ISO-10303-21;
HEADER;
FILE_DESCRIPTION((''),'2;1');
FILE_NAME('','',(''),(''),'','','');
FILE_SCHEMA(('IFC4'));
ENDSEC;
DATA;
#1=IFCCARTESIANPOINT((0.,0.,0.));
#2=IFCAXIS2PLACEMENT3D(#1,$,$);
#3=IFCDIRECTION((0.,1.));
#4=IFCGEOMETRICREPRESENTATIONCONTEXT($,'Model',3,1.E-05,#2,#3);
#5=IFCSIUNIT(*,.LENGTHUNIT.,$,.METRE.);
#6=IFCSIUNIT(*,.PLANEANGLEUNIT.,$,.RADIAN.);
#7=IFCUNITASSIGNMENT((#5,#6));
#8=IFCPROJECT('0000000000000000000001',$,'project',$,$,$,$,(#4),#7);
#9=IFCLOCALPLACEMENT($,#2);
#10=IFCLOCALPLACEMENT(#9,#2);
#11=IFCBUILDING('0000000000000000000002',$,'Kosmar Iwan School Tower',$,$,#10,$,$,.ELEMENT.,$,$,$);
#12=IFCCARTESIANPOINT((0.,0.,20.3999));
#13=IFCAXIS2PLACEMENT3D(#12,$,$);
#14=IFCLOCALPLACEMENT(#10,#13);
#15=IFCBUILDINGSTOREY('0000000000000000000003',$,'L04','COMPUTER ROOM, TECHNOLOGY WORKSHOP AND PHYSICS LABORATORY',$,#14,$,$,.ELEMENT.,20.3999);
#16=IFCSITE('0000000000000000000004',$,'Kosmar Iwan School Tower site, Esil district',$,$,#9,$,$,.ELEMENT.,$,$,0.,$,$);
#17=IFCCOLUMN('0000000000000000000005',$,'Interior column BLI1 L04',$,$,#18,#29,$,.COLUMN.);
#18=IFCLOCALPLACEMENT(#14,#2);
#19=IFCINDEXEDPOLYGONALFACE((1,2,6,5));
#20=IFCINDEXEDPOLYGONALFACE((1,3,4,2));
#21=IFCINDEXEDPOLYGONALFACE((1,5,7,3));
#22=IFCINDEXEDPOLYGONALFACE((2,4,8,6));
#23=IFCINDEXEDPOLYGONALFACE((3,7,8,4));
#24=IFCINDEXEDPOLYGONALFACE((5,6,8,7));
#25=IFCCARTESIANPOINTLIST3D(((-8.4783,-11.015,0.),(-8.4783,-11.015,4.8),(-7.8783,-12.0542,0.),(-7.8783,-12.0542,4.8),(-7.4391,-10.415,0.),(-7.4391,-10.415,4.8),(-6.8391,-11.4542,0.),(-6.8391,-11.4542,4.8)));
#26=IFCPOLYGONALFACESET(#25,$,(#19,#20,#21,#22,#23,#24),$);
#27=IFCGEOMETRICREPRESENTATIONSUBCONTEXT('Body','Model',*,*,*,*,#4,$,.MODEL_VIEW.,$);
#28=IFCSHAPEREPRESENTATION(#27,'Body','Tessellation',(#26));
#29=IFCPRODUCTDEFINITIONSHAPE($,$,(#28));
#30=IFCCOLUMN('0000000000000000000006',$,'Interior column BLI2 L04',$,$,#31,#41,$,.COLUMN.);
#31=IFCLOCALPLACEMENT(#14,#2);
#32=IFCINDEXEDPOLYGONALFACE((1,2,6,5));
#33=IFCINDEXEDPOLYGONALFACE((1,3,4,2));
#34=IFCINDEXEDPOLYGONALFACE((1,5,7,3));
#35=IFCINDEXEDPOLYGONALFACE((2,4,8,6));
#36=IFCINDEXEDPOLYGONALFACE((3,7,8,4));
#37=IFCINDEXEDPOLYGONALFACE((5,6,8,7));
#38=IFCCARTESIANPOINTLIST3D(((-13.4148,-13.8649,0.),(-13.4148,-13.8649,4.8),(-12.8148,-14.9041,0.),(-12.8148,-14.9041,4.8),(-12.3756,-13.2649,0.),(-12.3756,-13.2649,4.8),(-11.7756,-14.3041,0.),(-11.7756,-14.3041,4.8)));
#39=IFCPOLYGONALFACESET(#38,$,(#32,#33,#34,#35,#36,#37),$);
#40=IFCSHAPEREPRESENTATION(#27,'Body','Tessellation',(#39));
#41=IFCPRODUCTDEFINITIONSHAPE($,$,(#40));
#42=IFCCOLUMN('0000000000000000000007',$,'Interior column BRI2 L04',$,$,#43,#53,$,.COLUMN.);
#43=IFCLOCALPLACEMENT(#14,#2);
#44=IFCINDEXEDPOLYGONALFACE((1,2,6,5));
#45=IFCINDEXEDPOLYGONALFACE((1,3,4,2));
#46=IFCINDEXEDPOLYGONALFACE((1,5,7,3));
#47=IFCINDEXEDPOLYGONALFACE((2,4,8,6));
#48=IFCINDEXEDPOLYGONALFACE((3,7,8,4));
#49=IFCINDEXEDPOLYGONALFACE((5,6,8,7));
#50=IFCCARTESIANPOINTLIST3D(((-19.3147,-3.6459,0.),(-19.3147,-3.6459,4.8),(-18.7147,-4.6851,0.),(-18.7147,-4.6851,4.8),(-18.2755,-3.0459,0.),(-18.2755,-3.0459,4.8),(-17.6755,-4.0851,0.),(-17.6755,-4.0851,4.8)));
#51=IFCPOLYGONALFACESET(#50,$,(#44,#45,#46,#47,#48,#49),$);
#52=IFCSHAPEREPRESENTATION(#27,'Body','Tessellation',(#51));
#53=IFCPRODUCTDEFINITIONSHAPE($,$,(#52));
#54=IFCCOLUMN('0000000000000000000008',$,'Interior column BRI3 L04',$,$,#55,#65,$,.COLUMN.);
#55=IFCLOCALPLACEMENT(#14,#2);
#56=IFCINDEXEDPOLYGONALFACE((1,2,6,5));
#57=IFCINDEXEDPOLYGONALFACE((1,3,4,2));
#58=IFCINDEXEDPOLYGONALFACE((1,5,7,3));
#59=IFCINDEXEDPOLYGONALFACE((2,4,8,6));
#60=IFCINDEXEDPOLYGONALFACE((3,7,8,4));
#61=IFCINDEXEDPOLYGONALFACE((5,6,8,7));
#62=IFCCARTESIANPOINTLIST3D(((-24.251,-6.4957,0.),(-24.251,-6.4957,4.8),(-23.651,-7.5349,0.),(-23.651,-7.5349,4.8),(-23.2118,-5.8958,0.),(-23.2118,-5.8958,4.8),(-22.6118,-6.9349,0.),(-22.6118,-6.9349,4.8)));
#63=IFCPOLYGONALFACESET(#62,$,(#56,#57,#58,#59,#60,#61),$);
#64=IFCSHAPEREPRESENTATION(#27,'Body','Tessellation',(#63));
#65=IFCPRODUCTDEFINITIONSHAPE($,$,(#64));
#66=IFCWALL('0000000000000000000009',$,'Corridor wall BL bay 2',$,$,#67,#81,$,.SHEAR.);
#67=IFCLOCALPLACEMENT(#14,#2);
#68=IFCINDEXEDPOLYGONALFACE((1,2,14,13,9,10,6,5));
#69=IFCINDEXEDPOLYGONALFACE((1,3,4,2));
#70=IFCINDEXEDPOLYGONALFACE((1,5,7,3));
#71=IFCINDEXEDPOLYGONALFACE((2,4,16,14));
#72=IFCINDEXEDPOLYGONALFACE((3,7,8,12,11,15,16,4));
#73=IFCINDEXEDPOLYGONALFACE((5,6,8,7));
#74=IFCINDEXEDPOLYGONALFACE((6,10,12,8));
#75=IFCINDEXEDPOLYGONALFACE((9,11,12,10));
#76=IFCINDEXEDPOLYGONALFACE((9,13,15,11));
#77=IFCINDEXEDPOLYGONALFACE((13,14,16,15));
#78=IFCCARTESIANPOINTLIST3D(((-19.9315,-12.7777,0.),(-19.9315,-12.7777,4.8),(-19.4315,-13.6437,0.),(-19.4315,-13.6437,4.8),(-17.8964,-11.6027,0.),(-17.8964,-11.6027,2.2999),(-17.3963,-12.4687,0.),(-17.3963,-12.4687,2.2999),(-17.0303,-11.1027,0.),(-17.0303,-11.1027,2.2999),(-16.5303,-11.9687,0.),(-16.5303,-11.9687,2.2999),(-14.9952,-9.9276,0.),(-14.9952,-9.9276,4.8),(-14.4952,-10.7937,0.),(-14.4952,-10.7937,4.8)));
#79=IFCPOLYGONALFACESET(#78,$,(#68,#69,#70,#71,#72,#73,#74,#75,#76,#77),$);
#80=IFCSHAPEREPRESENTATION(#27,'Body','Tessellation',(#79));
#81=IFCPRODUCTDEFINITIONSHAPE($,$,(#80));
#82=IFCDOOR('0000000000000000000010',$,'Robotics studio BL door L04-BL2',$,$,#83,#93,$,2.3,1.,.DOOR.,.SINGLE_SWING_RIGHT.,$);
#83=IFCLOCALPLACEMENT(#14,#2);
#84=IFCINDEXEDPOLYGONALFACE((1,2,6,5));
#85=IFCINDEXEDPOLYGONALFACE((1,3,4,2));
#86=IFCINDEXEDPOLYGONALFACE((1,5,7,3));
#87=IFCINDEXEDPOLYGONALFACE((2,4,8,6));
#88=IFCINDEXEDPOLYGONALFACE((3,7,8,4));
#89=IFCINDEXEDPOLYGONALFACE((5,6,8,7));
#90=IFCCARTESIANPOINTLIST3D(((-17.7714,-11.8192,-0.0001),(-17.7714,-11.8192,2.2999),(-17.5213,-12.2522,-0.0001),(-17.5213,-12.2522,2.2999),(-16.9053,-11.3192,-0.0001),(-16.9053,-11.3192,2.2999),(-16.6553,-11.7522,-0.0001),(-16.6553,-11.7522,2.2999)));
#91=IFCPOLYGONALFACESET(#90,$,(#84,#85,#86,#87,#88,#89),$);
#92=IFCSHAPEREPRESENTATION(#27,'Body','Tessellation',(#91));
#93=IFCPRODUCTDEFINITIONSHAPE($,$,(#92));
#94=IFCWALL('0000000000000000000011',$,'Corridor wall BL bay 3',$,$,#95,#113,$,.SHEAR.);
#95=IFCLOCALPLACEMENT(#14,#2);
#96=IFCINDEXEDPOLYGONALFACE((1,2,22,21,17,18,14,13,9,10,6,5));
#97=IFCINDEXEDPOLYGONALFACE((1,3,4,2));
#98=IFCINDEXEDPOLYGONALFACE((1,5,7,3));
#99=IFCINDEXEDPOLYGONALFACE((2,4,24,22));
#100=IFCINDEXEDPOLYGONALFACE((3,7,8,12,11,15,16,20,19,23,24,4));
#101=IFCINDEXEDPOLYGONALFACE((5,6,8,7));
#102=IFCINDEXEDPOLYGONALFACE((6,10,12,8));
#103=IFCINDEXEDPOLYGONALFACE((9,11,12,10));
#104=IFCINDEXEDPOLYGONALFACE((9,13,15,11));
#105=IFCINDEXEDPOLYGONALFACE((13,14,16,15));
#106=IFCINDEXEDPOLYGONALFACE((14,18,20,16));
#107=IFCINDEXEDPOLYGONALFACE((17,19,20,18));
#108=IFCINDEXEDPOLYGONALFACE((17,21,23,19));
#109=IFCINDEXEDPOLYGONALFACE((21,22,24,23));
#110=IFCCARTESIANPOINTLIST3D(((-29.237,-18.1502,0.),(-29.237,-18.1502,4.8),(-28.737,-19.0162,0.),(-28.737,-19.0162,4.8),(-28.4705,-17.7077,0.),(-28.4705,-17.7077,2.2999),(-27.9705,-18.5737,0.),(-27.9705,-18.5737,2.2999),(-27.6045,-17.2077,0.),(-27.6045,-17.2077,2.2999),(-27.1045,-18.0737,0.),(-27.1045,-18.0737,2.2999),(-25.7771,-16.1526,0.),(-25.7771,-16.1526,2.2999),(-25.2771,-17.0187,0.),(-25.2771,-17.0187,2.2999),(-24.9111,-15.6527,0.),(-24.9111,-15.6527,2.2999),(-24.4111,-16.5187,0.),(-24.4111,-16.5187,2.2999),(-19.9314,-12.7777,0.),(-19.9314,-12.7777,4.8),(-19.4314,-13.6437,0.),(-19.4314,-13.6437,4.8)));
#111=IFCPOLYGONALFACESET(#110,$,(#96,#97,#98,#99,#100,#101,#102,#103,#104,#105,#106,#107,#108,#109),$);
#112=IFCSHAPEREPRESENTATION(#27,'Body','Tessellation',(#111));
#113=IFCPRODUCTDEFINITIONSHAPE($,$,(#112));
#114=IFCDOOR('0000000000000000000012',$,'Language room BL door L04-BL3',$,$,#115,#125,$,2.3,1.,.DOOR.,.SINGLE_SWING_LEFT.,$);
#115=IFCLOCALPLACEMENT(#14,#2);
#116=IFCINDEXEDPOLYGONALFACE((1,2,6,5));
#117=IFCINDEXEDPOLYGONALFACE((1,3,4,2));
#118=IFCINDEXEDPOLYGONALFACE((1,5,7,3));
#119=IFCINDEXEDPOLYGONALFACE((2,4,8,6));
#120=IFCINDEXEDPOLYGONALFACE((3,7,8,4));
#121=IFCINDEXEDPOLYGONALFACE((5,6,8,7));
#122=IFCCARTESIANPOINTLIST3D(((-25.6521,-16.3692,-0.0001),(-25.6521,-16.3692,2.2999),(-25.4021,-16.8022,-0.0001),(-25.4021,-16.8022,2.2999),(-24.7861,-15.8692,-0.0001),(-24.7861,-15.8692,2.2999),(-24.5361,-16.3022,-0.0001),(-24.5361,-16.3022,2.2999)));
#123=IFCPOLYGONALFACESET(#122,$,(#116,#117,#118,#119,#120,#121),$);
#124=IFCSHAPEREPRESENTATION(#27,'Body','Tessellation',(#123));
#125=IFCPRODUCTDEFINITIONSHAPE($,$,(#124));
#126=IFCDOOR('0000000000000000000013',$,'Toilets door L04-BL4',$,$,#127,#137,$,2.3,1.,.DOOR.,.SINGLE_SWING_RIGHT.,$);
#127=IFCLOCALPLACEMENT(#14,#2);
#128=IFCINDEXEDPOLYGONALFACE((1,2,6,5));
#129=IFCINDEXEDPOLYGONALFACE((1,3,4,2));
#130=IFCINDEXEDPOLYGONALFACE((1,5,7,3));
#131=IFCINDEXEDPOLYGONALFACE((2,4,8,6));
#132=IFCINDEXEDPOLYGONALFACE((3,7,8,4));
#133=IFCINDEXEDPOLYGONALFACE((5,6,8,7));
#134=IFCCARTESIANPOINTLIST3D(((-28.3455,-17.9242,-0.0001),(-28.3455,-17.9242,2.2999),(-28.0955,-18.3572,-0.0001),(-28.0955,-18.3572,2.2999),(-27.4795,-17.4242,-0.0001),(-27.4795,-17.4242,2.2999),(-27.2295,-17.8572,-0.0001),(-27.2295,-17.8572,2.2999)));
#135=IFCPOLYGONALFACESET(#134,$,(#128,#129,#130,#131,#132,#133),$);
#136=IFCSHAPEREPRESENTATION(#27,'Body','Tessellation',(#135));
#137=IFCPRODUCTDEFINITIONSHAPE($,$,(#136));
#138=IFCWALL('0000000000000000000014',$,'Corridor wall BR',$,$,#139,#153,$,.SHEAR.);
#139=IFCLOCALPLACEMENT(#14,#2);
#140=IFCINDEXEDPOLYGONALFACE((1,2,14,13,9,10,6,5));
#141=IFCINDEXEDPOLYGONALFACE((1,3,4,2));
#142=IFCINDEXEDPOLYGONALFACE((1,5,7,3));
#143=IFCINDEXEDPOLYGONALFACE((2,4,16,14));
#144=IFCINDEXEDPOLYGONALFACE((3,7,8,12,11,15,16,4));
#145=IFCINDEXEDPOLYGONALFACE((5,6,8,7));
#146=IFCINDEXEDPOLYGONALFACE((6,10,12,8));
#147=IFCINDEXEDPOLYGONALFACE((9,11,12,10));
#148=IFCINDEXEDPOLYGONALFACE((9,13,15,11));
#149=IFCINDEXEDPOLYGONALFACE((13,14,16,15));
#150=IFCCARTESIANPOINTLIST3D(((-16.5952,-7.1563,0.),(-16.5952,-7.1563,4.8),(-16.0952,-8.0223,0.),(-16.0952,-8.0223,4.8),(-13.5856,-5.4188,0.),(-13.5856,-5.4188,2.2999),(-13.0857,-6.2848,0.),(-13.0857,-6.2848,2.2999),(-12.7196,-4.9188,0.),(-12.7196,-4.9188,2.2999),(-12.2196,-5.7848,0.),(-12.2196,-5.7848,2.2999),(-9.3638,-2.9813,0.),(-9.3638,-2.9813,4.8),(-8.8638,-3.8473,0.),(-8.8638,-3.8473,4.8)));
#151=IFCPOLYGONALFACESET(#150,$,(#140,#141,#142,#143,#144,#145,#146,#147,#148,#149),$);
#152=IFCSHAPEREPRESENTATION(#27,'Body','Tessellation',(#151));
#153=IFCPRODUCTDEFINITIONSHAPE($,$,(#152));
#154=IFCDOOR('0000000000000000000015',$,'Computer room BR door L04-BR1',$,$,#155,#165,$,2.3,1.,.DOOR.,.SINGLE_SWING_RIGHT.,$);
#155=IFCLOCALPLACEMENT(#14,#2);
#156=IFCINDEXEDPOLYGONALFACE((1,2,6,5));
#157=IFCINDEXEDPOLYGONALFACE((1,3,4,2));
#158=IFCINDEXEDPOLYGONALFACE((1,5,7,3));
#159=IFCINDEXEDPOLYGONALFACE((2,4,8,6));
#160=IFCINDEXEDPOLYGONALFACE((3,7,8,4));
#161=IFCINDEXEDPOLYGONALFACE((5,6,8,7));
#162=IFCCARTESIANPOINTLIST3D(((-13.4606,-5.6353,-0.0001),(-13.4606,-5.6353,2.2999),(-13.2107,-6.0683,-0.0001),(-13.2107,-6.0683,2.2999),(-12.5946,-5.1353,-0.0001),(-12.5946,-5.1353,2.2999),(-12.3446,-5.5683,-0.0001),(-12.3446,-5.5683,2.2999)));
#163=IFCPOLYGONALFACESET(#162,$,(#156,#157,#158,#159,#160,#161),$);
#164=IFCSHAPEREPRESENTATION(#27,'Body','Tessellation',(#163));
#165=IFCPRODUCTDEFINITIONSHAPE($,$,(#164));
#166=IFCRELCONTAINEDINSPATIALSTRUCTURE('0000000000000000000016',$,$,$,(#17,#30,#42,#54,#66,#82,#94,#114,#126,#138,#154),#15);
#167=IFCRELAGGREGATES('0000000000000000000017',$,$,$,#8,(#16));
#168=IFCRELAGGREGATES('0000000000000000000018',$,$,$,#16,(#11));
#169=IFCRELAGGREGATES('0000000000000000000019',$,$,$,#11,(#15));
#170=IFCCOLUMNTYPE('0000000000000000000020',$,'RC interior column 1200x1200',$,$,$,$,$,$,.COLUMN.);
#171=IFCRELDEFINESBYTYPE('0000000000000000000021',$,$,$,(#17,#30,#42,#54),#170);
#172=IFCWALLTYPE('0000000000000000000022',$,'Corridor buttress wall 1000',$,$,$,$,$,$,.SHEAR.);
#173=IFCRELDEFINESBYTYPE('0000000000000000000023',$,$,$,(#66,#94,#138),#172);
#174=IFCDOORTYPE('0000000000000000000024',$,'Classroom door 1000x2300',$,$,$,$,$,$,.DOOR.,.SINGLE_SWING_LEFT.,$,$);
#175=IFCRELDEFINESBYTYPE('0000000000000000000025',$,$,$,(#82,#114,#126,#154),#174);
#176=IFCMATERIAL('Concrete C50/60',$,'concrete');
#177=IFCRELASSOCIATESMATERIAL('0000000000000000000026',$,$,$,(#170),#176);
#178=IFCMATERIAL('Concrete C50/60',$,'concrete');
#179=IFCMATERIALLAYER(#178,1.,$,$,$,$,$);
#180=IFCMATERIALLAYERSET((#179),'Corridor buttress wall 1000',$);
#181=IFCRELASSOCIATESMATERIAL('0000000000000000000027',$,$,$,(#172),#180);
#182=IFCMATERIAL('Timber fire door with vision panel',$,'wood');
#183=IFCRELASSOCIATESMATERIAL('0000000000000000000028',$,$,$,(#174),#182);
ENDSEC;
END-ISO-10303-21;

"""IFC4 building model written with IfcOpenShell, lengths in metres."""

from ifc_helpers import new_model, si_unit, direction, frame, frame_2d, origin, origin_2d, place, context, subcontext, project, spatial, rectangle, extrude, material, layer, layer_set, material_profile, profile_set, type_object, element, fill, save


model = new_model("IFC4")

# Units and contexts
model_context = context("Model", 3, precision=1e-05, world=origin(), true_north=direction((0.0, 1.0)))
body_context = subcontext(model_context, "Body", "Model", "MODEL_VIEW")
ifc_project = project(units=[si_unit("LENGTHUNIT", "METRE"), si_unit("PLANEANGLEUNIT", "RADIAN")], contexts=[model_context])

# Site, building, storey
site_placement = place(None, origin())
site = spatial("IfcSite", under=ifc_project, at=site_placement, Name="Kosmar Iwan School Tower site, Esil district", CompositionType="ELEMENT", RefElevation=0.0)
building_placement = place(site_placement, origin())
building = spatial("IfcBuilding", under=site, at=building_placement, Name="Kosmar Iwan School Tower", CompositionType="ELEMENT")
storey_placement = place(building_placement, frame((0.0, 0.0, 20.3999)))
storey = spatial("IfcBuildingStorey", under=building, at=storey_placement, Name="L04", Description="COMPUTER ROOM, TECHNOLOGY WORKSHOP AND PHYSICS LABORATORY", CompositionType="ELEMENT", Elevation=20.3999)

# Columns
ifc_material_1 = material(Name="Concrete C50/60", Category="concrete")
ifc_material_profile = material_profile(ifc_material_1, rectangle(XDim=1.2, YDim=1.2, at=origin_2d()), Name="RC 1200x1200")
ifc_profile_set = profile_set([ifc_material_profile], Name="Concrete C50/60")
column_type = type_object("IfcColumnType", Name="RC interior column 1200x1200", PredefinedType="COLUMN", material=ifc_profile_set)
for number, where, z_axis, x_axis, name in (
    (1, (-7.6587, -11.2346, 0.0), (0.0, 0.0, 1.0), (-0.866025, -0.5, 0.0), "Interior column BLI1 L04"),
    (2, (-12.5952, -14.0845, 0.0), (0.0, 0.0, 1.0), (-0.866025, -0.5, 0.0), "Interior column BLI2 L04"),
    (3, (-18.4951, -3.8655, 0.0), (0.0, 0.0, 1.0), (-0.866025, -0.5, 0.0), "Interior column BRI2 L04"),
    (4, (-23.4314, -6.7153, 0.0), (0.0, 0.0, 1.0), (-0.866025, -0.5, 0.0), "Interior column BRI3 L04"),
):
    element("IfcColumn", number, at=place(storey_placement, frame(where, z_axis=z_axis, x_axis=x_axis)), inside=storey, type_object=column_type, Name=name, PredefinedType="COLUMN", context=body_context, shape_type="SweptSolid", body=[
        extrude(rectangle(XDim=1.2, YDim=1.2, at=origin_2d()), origin(), (0.0, 0.0, 1.0), 4.8),
    ])

# Wall, opening, door
ifc_material_2 = material(Name="Concrete C50/60", Category="concrete")
ifc_layer_1 = layer(ifc_material_2, 1.0)
ifc_layer_set_1 = layer_set([ifc_layer_1], Name="Corridor buttress wall 1000")
wall_type_1 = type_object("IfcWallType", Name="Corridor buttress wall 1000", PredefinedType="SHEAR", material=ifc_layer_set_1)
wall_1_placement = place(storey_placement, frame((-14.7451, -10.3606, 0.0), z_axis=(0.0, 0.0, 1.0), x_axis=(-0.866015, -0.500018, 0.0)))
wall_1 = element("IfcWall", 5, at=wall_1_placement, inside=storey, type_object=wall_type_1, Name="Corridor wall BL bay 2", PredefinedType="SHEAR", context=body_context, shape_type="SweptSolid", body=[
    extrude(rectangle(XDim=5.7, YDim=1.0, at=frame_2d((2.8501, 0.0))), origin(), (0.0, 0.0, 1.0), 4.8),
])
opening_1_placement = place(wall_1_placement, frame((2.3501, 0.0, 0.0)))
opening_1 = element("IfcOpeningElement", 6, at=opening_1_placement, cuts=wall_1, PredefinedType="OPENING", context=body_context, shape_type="SweptSolid", body=[
    extrude(rectangle(XDim=1.0, YDim=2.3, at=frame_2d((0.5, 1.1499))), frame((0.0, 0.512, 0.0), z_axis=(0.0, -1.0, 0.0), x_axis=(1.0, 0.0, 0.0)), (0.0, 0.0, 1.0), 1.0239),
])
ifc_material_3 = material(Name="Timber fire door with vision panel", Category="wood")
door_type_1 = type_object("IfcDoorType", Name="Classroom door 1000x2300", OperationType="SINGLE_SWING_LEFT", PredefinedType="DOOR", material=ifc_material_3)
door_1_placement = place(opening_1_placement, origin())
door_1 = element("IfcDoor", 7, at=door_1_placement, inside=storey, type_object=door_type_1, Name="Robotics studio BL door L04-BL2", OperationType="SINGLE_SWING_RIGHT", OverallHeight=2.3, OverallWidth=1.0, PredefinedType="DOOR", context=body_context, shape_type="SweptSolid", body=[
    extrude(rectangle(XDim=1.0, YDim=2.3, at=frame_2d((0.5, 1.1499))), frame((0.0, 0.25, 0.0), z_axis=(0.0, -1.0, 0.0), x_axis=(1.0, 0.0, 0.0)), (0.0, 0.0, 1.0), 0.5),
])
fill(opening_1, door_1)

# Wall, openings, doors
wall_2_placement = place(storey_placement, frame((-19.6814, -13.2107, 0.0), z_axis=(0.0, 0.0, 1.0), x_axis=(-0.866028, -0.499995, 0.0)))
wall_2 = element("IfcWall", 8, at=wall_2_placement, inside=storey, type_object=wall_type_1, Name="Corridor wall BL bay 3", PredefinedType="SHEAR", context=body_context, shape_type="SweptSolid", body=[
    extrude(rectangle(XDim=10.7451, YDim=1.0, at=frame_2d((5.3726, 0.0))), origin(), (0.0, 0.0, 1.0), 4.8),
])
opening_2_placement = place(wall_2_placement, frame((5.75, 0.0, 0.0)))
opening_2 = element("IfcOpeningElement", 9, at=opening_2_placement, cuts=wall_2, PredefinedType="OPENING", context=body_context, shape_type="SweptSolid", body=[
    extrude(rectangle(XDim=1.0, YDim=2.3, at=frame_2d((0.5, 1.1499))), frame((0.0, 0.512, 0.0), z_axis=(0.0, -1.0, 0.0), x_axis=(1.0, 0.0, 0.0)), (0.0, 0.0, 1.0), 1.0239),
])
opening_3_placement = place(wall_2_placement, frame((8.8601, 0.0, 0.0)))
opening_3 = element("IfcOpeningElement", 10, at=opening_3_placement, cuts=wall_2, PredefinedType="OPENING", context=body_context, shape_type="SweptSolid", body=[
    extrude(rectangle(XDim=1.0, YDim=2.3, at=frame_2d((0.5, 1.1499))), frame((0.0, 0.512, 0.0), z_axis=(0.0, -1.0, 0.0), x_axis=(1.0, 0.0, 0.0)), (0.0, 0.0, 1.0), 1.0239),
])
door_2_placement = place(opening_2_placement, origin())
door_2 = element("IfcDoor", 11, at=door_2_placement, inside=storey, type_object=door_type_1, Name="Language room BL door L04-BL3", OperationType="SINGLE_SWING_LEFT", OverallHeight=2.3, OverallWidth=1.0, PredefinedType="DOOR", context=body_context, shape_type="SweptSolid", body=[
    extrude(rectangle(XDim=1.0, YDim=2.3, at=frame_2d((0.5, 1.1499))), frame((0.0, 0.25, 0.0), z_axis=(0.0, -1.0, 0.0), x_axis=(1.0, 0.0, 0.0)), (0.0, 0.0, 1.0), 0.5),
])
fill(opening_2, door_2)
door_3_placement = place(opening_3_placement, origin())
door_3 = element("IfcDoor", 12, at=door_3_placement, inside=storey, type_object=door_type_1, Name="Toilets door L04-BL4", OperationType="SINGLE_SWING_RIGHT", OverallHeight=2.3, OverallWidth=1.0, PredefinedType="DOOR", context=body_context, shape_type="SweptSolid", body=[
    extrude(rectangle(XDim=1.0, YDim=2.3, at=frame_2d((0.5, 1.1499))), frame((0.0, 0.25, 0.0), z_axis=(0.0, -1.0, 0.0), x_axis=(1.0, 0.0, 0.0)), (0.0, 0.0, 1.0), 0.5),
])
fill(opening_3, door_3)

# Wall, opening, door
wall_3_placement = place(storey_placement, frame((-9.1138, -3.4143, 0.0), z_axis=(0.0, 0.0, 1.0), x_axis=(-0.866027, -0.499997, 0.0)))
wall_3 = element("IfcWall", 13, at=wall_3_placement, inside=storey, type_object=wall_type_1, Name="Corridor wall BR", PredefinedType="SHEAR", context=body_context, shape_type="SweptSolid", body=[
    extrude(rectangle(XDim=8.3501, YDim=1.0, at=frame_2d((4.175, 0.0))), origin(), (0.0, 0.0, 1.0), 4.8),
])
opening_4_placement = place(wall_3_placement, frame((3.875, 0.0, 0.0)))
opening_4 = element("IfcOpeningElement", 14, at=opening_4_placement, cuts=wall_3, PredefinedType="OPENING", context=body_context, shape_type="SweptSolid", body=[
    extrude(rectangle(XDim=1.0, YDim=2.3, at=frame_2d((0.5, 1.1499))), frame((0.0, 0.512, 0.0), z_axis=(0.0, -1.0, 0.0), x_axis=(1.0, 0.0, 0.0)), (0.0, 0.0, 1.0), 1.0239),
])
door_4_placement = place(opening_4_placement, origin())
door_4 = element("IfcDoor", 15, at=door_4_placement, inside=storey, type_object=door_type_1, Name="Computer room BR door L04-BR1", OperationType="SINGLE_SWING_RIGHT", OverallHeight=2.3, OverallWidth=1.0, PredefinedType="DOOR", context=body_context, shape_type="SweptSolid", body=[
    extrude(rectangle(XDim=1.0, YDim=2.3, at=frame_2d((0.5, 1.1499))), frame((0.0, 0.25, 0.0), z_axis=(0.0, -1.0, 0.0), x_axis=(1.0, 0.0, 0.0)), (0.0, 0.0, 1.0), 0.5),
])
fill(opening_4, door_4)

save(model, "model.ifc")
